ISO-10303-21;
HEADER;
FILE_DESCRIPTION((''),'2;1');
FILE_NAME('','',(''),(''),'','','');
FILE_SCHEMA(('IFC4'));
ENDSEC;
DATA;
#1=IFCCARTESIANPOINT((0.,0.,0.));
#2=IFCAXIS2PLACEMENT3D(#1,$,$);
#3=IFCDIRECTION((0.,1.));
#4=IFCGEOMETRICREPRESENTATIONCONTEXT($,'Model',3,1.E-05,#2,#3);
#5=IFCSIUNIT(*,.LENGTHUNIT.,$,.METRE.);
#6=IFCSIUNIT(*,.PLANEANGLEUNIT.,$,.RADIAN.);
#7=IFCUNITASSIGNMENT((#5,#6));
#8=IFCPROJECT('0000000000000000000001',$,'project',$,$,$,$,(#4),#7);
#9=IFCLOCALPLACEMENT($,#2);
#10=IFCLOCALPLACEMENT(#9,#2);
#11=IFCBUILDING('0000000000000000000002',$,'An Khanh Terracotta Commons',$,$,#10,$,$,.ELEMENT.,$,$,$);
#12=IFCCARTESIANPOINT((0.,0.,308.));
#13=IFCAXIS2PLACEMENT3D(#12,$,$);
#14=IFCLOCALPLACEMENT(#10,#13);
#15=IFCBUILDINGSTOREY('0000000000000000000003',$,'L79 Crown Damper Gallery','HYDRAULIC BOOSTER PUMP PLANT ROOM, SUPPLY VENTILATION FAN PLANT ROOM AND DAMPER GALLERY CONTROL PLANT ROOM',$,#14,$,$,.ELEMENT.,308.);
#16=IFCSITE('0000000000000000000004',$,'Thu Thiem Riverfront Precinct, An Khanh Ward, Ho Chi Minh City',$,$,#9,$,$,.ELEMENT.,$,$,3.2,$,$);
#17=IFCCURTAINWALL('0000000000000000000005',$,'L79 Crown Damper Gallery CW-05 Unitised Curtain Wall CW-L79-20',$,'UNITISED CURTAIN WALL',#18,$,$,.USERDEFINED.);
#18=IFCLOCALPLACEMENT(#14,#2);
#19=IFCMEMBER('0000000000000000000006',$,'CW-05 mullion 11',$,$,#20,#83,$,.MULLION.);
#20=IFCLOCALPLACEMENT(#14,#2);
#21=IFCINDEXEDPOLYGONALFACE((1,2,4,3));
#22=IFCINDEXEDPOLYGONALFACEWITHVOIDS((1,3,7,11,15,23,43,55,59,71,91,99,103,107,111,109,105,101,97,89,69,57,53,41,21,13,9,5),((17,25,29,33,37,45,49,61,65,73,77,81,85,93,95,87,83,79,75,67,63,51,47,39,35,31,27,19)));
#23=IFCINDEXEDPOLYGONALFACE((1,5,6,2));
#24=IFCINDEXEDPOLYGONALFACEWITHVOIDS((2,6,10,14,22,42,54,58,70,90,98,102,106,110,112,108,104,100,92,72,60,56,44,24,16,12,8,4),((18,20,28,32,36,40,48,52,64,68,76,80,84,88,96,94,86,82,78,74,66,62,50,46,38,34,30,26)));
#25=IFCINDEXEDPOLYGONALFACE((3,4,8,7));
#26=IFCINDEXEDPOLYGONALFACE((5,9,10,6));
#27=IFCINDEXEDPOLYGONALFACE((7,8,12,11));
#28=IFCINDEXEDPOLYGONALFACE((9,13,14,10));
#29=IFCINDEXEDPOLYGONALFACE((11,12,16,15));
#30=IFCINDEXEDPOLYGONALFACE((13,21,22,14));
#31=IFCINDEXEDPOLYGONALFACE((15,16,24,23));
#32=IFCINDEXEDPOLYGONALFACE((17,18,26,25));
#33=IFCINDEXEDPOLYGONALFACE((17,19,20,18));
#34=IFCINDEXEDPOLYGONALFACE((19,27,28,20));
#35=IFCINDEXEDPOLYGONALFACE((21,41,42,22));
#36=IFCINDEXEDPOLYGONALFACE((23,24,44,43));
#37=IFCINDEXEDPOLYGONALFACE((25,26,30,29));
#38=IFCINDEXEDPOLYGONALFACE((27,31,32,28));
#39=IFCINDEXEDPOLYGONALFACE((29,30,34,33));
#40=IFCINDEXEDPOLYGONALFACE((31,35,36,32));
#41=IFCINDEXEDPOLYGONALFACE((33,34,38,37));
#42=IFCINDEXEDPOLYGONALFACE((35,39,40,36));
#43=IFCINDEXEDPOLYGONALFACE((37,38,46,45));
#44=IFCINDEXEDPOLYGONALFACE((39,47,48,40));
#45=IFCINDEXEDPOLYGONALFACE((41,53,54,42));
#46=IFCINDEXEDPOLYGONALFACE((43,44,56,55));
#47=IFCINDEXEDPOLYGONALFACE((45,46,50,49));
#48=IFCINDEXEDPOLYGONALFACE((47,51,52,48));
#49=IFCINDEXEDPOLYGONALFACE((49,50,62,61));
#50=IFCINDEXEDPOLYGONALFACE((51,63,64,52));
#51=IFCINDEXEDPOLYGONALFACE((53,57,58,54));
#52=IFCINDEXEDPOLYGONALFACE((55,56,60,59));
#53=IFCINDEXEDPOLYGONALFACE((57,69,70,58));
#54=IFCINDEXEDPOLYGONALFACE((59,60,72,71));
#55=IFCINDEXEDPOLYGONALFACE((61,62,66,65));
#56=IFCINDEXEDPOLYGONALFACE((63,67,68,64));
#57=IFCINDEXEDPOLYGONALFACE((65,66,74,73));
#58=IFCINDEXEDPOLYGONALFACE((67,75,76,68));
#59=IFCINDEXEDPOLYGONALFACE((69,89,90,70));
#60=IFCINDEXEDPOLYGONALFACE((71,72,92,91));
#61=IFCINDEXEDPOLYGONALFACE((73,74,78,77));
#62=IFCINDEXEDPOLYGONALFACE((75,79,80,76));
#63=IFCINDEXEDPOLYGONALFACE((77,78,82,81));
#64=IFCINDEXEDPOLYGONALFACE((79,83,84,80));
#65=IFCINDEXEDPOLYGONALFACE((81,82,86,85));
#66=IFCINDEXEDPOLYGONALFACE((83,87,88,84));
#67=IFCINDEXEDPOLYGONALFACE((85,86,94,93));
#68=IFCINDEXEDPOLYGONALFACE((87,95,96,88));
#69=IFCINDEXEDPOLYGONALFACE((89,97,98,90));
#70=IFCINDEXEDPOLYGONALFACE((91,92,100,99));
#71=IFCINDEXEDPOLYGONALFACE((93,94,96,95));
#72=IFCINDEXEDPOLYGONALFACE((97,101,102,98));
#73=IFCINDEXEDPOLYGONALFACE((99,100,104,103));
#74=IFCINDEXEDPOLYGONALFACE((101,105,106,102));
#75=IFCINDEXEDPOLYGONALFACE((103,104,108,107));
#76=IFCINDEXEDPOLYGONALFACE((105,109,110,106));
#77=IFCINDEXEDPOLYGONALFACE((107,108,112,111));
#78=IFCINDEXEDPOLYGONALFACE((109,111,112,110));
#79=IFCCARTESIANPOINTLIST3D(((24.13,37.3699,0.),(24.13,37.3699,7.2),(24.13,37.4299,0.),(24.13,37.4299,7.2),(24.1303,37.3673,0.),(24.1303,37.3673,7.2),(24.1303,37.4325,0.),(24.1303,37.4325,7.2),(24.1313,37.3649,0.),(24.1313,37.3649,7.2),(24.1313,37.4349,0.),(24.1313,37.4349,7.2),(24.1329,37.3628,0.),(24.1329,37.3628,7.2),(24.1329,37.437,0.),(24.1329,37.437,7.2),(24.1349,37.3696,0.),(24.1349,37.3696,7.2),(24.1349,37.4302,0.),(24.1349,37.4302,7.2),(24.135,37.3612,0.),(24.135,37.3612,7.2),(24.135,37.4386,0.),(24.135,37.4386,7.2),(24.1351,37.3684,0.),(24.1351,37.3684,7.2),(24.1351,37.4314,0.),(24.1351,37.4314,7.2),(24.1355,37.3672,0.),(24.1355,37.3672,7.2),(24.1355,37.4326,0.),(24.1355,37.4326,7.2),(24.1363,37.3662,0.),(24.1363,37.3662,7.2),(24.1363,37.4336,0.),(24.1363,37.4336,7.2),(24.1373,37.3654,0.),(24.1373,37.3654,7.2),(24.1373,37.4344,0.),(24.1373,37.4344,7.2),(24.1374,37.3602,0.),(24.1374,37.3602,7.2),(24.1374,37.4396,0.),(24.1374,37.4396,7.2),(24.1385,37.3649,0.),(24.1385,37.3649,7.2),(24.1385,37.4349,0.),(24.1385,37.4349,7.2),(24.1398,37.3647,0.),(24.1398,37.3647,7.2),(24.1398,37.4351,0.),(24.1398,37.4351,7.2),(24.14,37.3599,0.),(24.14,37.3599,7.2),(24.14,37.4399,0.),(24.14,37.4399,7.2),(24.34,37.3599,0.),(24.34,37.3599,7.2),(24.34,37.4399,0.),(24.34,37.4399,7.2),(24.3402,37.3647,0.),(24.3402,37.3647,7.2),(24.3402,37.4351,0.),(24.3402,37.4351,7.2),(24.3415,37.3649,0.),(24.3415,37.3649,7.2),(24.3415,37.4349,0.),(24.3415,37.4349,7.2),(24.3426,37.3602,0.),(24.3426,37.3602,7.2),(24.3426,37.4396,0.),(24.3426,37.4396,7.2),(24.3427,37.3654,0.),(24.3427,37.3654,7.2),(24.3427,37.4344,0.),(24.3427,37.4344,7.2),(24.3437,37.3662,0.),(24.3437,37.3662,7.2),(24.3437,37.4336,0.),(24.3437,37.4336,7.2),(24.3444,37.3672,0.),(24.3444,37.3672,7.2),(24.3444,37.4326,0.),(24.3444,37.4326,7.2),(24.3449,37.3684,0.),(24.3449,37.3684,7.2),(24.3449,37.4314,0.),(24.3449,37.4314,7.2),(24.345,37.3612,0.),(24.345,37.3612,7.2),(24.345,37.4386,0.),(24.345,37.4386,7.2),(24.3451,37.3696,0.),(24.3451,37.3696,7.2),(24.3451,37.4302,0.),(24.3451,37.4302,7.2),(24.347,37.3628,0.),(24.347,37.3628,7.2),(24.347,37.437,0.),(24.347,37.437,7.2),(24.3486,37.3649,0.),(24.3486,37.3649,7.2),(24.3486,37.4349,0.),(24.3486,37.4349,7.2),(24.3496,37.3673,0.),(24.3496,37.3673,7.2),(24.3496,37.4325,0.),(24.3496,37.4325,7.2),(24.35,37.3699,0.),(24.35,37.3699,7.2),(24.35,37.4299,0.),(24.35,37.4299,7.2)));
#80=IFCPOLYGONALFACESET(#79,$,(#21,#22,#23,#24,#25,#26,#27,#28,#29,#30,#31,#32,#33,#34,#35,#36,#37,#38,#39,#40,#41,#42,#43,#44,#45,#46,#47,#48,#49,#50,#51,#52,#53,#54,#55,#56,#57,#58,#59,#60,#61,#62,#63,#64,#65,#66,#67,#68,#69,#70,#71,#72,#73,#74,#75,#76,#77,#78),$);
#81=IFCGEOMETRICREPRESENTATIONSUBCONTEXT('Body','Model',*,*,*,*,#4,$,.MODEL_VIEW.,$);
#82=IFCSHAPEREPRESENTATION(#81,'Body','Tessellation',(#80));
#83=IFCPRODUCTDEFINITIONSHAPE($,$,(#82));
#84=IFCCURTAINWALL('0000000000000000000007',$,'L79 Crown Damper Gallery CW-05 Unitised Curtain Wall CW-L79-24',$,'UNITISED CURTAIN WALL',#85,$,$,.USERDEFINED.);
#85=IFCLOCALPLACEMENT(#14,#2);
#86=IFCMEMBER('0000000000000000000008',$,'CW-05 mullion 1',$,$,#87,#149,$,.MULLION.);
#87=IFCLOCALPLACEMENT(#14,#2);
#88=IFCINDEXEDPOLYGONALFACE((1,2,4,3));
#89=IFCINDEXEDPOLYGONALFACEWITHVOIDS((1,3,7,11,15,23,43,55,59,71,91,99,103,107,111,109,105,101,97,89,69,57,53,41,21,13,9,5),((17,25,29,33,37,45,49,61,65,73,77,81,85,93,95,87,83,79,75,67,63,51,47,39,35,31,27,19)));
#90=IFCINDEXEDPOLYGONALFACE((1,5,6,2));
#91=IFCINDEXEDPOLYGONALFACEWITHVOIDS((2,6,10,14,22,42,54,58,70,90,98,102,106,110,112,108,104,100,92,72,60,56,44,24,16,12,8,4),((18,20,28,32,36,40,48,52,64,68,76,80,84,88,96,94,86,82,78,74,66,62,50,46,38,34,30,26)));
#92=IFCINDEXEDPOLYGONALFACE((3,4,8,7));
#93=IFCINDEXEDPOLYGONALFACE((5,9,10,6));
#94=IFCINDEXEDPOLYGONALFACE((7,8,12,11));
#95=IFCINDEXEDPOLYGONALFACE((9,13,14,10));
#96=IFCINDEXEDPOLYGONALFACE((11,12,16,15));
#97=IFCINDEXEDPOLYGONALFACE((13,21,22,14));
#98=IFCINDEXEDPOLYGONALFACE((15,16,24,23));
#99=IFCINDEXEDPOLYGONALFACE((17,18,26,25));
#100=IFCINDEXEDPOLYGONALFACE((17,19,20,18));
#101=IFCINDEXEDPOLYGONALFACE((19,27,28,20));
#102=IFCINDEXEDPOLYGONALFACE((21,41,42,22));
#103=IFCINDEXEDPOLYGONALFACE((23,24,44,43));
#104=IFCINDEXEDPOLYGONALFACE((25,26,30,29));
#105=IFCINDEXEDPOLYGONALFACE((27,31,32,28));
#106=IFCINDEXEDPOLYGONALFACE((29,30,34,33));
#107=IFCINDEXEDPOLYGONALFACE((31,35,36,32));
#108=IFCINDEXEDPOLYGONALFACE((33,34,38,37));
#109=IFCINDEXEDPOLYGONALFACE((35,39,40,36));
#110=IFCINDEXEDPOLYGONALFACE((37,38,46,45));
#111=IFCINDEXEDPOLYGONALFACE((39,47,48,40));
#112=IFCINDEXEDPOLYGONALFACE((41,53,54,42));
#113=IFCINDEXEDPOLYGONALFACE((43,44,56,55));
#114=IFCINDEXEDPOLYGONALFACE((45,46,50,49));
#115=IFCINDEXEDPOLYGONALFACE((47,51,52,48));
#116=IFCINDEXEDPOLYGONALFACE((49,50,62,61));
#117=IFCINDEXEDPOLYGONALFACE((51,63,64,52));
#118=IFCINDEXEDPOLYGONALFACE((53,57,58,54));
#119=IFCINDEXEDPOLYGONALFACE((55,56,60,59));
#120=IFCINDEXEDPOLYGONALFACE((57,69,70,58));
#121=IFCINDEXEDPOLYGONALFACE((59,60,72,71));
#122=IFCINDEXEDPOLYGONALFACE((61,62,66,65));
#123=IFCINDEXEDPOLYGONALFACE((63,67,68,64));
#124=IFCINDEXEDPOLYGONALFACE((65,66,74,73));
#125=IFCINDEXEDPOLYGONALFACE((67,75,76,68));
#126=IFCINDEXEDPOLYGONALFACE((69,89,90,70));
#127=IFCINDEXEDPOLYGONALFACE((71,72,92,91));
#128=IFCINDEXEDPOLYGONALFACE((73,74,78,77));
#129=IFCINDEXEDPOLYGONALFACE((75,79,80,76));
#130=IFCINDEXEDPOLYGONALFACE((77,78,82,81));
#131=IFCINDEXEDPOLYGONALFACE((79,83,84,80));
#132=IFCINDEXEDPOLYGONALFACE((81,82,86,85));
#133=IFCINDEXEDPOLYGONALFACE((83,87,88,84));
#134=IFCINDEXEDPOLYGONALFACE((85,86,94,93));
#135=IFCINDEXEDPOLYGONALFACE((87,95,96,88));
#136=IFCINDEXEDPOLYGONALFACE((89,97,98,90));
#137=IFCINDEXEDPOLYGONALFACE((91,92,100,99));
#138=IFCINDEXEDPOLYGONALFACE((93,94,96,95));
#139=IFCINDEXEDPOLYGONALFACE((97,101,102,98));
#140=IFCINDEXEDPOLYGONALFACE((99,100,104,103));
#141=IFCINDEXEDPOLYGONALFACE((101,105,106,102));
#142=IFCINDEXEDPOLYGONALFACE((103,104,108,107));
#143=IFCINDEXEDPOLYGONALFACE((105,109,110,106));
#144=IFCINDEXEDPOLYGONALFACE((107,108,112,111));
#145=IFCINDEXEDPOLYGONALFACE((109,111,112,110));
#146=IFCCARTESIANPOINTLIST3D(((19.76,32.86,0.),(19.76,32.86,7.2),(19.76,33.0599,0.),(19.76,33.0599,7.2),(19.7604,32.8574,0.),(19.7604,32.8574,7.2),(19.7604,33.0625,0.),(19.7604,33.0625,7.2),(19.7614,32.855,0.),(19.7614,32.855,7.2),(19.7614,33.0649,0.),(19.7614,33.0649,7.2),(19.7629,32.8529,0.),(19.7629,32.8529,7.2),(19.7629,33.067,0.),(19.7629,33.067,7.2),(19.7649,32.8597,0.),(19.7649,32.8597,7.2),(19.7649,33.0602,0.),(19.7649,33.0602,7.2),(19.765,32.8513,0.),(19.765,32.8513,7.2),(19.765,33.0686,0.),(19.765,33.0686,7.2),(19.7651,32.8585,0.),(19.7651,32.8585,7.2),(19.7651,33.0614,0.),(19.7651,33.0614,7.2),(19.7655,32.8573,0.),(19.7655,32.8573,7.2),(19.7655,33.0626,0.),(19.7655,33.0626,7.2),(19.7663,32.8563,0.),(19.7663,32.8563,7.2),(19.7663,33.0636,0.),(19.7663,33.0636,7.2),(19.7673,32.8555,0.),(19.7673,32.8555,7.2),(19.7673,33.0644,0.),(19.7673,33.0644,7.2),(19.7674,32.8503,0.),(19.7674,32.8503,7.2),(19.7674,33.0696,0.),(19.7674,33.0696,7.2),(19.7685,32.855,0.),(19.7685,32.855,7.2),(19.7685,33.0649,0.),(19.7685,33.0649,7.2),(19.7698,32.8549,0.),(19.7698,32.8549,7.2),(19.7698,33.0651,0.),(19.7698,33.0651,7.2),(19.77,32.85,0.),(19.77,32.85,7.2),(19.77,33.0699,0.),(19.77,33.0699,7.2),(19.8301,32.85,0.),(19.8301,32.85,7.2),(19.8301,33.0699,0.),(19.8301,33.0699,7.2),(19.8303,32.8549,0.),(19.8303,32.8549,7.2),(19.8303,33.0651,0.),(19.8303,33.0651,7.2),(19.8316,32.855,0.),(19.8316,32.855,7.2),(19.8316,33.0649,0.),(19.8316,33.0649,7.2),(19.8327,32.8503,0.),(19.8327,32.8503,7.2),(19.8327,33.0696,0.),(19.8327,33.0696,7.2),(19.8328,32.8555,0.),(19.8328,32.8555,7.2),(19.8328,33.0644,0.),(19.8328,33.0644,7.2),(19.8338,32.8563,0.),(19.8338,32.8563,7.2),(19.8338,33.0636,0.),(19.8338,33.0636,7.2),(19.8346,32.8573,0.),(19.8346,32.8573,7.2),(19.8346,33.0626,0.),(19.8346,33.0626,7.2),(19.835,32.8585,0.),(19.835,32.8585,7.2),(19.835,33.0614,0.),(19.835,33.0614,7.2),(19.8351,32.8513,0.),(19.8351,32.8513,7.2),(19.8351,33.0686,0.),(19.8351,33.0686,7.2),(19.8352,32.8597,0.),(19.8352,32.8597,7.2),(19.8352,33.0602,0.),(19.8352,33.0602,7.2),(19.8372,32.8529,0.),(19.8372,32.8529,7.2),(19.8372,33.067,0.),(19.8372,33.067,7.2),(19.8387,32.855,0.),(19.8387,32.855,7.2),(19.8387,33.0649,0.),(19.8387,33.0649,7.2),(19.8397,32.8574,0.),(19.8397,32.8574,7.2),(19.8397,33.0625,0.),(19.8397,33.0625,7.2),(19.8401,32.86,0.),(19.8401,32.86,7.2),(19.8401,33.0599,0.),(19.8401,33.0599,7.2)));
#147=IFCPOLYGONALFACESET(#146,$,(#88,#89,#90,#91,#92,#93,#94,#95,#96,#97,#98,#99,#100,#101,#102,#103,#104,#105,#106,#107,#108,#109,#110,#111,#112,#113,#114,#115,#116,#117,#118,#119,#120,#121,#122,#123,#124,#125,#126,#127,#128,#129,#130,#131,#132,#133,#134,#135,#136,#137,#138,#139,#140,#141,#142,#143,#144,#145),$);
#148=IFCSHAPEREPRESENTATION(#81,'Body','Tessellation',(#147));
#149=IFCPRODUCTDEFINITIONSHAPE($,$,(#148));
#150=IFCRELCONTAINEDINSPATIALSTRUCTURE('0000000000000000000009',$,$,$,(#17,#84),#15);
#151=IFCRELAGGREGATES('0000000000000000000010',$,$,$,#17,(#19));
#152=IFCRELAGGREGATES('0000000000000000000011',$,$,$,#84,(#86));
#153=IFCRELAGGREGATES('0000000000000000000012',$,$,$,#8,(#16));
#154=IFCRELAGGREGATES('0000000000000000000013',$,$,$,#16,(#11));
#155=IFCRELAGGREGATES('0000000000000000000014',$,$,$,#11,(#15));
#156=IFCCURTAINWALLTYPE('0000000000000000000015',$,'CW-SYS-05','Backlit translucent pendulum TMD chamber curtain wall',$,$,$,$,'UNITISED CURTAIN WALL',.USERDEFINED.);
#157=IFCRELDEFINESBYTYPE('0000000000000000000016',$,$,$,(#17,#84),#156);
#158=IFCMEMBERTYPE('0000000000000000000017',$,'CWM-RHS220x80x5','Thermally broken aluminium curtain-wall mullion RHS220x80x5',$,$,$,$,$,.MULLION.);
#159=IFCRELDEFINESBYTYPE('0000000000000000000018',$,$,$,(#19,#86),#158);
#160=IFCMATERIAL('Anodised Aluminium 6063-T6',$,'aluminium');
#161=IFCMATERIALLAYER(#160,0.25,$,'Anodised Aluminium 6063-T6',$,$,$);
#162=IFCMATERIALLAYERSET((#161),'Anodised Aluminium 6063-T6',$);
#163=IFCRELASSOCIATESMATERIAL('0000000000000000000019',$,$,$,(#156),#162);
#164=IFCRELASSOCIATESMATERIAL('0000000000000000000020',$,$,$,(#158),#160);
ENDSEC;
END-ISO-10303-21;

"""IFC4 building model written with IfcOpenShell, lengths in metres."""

from ifc_helpers import new_model, si_unit, direction, frame, origin, origin_2d, place, context, subcontext, project, spatial, hollow_rectangle, extrude, material, layer, layer_set, material_profile, profile_set, type_object, element, aggregate, save


model = new_model("IFC4")

# Units and contexts
model_context = context("Model", 3, precision=1e-05, world=origin(), true_north=direction((0.0, 1.0)))
body_context = subcontext(model_context, "Body", "Model", "MODEL_VIEW")
ifc_project = project(units=[si_unit("LENGTHUNIT", "METRE"), si_unit("PLANEANGLEUNIT", "RADIAN")], contexts=[model_context])

# Site, building, storey
site_placement = place(None, origin())
site = spatial("IfcSite", under=ifc_project, at=site_placement, Name="Thu Thiem Riverfront Precinct, An Khanh Ward, Ho Chi Minh City", CompositionType="ELEMENT", RefElevation=3.2)
building_placement = place(site_placement, origin())
building = spatial("IfcBuilding", under=site, at=building_placement, Name="An Khanh Terracotta Commons", CompositionType="ELEMENT")
storey_placement = place(building_placement, frame((0.0, 0.0, 308.0)))
storey = spatial("IfcBuildingStorey", under=building, at=storey_placement, Name="L79 Crown Damper Gallery", Description="HYDRAULIC BOOSTER PUMP PLANT ROOM, SUPPLY VENTILATION FAN PLANT ROOM AND DAMPER GALLERY CONTROL PLANT ROOM", CompositionType="ELEMENT", Elevation=308.0)

# Curtain wall, member
ifc_material_1 = material(Name="Anodised Aluminium 6063-T6", Category="aluminium")
ifc_layer_1 = layer(ifc_material_1, 0.25, Name="Anodised Aluminium 6063-T6")
ifc_layer_set_1 = layer_set([ifc_layer_1], Name="Anodised Aluminium 6063-T6")
curtain_wall_type = type_object("IfcCurtainWallType", Name="CW-SYS-05", Description="Backlit translucent pendulum TMD chamber curtain wall", ElementType="UNITISED CURTAIN WALL", PredefinedType="USERDEFINED", material=ifc_layer_set_1)
curtain_wall_1_placement = place(storey_placement, origin())
curtain_wall_1 = element("IfcCurtainWall", 1, at=curtain_wall_1_placement, inside=storey, type_object=curtain_wall_type, Name="L79 Crown Damper Gallery CW-05 Unitised Curtain Wall CW-L79-20", ObjectType="UNITISED CURTAIN WALL", PredefinedType="USERDEFINED")
ifc_material_profile_1 = material_profile(ifc_material_1, hollow_rectangle(XDim=0.0801, YDim=0.22, WallThickness=0.0049, InnerFilletRadius=0.0049, OuterFilletRadius=0.01, at=origin_2d()), Name="RHS220x80x5")
ifc_profile_set_1 = profile_set([ifc_material_profile_1], Name="Anodised Aluminium 6063-T6")
member_type_1 = type_object("IfcMemberType", Name="CWM-RHS220x80x5", Description="Thermally broken aluminium curtain-wall mullion RHS220x80x5", PredefinedType="MULLION", material=ifc_profile_set_1)
member_1_placement = place(storey_placement, frame((24.24, 37.3999, 0.0), z_axis=(0.0, 0.0, 1.0), x_axis=(0.0, -1.0, 0.0)))
member_1 = element("IfcMember", 2, at=member_1_placement, type_object=member_type_1, Name="CW-05 mullion 11", PredefinedType="MULLION", context=body_context, shape_type="SweptSolid", body=[
    extrude(hollow_rectangle(XDim=0.0801, YDim=0.22, WallThickness=0.0049, InnerFilletRadius=0.0049, OuterFilletRadius=0.01, at=origin_2d()), origin(), (0.0, 0.0, 1.0), 7.2),
])

# Curtain wall, member
curtain_wall_2_placement = place(storey_placement, origin())
curtain_wall_2 = element("IfcCurtainWall", 3, at=curtain_wall_2_placement, inside=storey, type_object=curtain_wall_type, Name="L79 Crown Damper Gallery CW-05 Unitised Curtain Wall CW-L79-24", ObjectType="UNITISED CURTAIN WALL", PredefinedType="USERDEFINED")
member_2_placement = place(storey_placement, frame((19.8, 32.96, 0.0), z_axis=(0.0, 0.0, 1.0), x_axis=(1.0, 0.0, 0.0)))
member_2 = element("IfcMember", 4, at=member_2_placement, type_object=member_type_1, Name="CW-05 mullion 1", PredefinedType="MULLION", context=body_context, shape_type="SweptSolid", body=[
    extrude(hollow_rectangle(XDim=0.0801, YDim=0.22, WallThickness=0.0049, InnerFilletRadius=0.0049, OuterFilletRadius=0.01, at=origin_2d()), origin(), (0.0, 0.0, 1.0), 7.2),
])

aggregate(curtain_wall_1, [member_1])
aggregate(curtain_wall_2, [member_2])

save(model, "model.ifc")
